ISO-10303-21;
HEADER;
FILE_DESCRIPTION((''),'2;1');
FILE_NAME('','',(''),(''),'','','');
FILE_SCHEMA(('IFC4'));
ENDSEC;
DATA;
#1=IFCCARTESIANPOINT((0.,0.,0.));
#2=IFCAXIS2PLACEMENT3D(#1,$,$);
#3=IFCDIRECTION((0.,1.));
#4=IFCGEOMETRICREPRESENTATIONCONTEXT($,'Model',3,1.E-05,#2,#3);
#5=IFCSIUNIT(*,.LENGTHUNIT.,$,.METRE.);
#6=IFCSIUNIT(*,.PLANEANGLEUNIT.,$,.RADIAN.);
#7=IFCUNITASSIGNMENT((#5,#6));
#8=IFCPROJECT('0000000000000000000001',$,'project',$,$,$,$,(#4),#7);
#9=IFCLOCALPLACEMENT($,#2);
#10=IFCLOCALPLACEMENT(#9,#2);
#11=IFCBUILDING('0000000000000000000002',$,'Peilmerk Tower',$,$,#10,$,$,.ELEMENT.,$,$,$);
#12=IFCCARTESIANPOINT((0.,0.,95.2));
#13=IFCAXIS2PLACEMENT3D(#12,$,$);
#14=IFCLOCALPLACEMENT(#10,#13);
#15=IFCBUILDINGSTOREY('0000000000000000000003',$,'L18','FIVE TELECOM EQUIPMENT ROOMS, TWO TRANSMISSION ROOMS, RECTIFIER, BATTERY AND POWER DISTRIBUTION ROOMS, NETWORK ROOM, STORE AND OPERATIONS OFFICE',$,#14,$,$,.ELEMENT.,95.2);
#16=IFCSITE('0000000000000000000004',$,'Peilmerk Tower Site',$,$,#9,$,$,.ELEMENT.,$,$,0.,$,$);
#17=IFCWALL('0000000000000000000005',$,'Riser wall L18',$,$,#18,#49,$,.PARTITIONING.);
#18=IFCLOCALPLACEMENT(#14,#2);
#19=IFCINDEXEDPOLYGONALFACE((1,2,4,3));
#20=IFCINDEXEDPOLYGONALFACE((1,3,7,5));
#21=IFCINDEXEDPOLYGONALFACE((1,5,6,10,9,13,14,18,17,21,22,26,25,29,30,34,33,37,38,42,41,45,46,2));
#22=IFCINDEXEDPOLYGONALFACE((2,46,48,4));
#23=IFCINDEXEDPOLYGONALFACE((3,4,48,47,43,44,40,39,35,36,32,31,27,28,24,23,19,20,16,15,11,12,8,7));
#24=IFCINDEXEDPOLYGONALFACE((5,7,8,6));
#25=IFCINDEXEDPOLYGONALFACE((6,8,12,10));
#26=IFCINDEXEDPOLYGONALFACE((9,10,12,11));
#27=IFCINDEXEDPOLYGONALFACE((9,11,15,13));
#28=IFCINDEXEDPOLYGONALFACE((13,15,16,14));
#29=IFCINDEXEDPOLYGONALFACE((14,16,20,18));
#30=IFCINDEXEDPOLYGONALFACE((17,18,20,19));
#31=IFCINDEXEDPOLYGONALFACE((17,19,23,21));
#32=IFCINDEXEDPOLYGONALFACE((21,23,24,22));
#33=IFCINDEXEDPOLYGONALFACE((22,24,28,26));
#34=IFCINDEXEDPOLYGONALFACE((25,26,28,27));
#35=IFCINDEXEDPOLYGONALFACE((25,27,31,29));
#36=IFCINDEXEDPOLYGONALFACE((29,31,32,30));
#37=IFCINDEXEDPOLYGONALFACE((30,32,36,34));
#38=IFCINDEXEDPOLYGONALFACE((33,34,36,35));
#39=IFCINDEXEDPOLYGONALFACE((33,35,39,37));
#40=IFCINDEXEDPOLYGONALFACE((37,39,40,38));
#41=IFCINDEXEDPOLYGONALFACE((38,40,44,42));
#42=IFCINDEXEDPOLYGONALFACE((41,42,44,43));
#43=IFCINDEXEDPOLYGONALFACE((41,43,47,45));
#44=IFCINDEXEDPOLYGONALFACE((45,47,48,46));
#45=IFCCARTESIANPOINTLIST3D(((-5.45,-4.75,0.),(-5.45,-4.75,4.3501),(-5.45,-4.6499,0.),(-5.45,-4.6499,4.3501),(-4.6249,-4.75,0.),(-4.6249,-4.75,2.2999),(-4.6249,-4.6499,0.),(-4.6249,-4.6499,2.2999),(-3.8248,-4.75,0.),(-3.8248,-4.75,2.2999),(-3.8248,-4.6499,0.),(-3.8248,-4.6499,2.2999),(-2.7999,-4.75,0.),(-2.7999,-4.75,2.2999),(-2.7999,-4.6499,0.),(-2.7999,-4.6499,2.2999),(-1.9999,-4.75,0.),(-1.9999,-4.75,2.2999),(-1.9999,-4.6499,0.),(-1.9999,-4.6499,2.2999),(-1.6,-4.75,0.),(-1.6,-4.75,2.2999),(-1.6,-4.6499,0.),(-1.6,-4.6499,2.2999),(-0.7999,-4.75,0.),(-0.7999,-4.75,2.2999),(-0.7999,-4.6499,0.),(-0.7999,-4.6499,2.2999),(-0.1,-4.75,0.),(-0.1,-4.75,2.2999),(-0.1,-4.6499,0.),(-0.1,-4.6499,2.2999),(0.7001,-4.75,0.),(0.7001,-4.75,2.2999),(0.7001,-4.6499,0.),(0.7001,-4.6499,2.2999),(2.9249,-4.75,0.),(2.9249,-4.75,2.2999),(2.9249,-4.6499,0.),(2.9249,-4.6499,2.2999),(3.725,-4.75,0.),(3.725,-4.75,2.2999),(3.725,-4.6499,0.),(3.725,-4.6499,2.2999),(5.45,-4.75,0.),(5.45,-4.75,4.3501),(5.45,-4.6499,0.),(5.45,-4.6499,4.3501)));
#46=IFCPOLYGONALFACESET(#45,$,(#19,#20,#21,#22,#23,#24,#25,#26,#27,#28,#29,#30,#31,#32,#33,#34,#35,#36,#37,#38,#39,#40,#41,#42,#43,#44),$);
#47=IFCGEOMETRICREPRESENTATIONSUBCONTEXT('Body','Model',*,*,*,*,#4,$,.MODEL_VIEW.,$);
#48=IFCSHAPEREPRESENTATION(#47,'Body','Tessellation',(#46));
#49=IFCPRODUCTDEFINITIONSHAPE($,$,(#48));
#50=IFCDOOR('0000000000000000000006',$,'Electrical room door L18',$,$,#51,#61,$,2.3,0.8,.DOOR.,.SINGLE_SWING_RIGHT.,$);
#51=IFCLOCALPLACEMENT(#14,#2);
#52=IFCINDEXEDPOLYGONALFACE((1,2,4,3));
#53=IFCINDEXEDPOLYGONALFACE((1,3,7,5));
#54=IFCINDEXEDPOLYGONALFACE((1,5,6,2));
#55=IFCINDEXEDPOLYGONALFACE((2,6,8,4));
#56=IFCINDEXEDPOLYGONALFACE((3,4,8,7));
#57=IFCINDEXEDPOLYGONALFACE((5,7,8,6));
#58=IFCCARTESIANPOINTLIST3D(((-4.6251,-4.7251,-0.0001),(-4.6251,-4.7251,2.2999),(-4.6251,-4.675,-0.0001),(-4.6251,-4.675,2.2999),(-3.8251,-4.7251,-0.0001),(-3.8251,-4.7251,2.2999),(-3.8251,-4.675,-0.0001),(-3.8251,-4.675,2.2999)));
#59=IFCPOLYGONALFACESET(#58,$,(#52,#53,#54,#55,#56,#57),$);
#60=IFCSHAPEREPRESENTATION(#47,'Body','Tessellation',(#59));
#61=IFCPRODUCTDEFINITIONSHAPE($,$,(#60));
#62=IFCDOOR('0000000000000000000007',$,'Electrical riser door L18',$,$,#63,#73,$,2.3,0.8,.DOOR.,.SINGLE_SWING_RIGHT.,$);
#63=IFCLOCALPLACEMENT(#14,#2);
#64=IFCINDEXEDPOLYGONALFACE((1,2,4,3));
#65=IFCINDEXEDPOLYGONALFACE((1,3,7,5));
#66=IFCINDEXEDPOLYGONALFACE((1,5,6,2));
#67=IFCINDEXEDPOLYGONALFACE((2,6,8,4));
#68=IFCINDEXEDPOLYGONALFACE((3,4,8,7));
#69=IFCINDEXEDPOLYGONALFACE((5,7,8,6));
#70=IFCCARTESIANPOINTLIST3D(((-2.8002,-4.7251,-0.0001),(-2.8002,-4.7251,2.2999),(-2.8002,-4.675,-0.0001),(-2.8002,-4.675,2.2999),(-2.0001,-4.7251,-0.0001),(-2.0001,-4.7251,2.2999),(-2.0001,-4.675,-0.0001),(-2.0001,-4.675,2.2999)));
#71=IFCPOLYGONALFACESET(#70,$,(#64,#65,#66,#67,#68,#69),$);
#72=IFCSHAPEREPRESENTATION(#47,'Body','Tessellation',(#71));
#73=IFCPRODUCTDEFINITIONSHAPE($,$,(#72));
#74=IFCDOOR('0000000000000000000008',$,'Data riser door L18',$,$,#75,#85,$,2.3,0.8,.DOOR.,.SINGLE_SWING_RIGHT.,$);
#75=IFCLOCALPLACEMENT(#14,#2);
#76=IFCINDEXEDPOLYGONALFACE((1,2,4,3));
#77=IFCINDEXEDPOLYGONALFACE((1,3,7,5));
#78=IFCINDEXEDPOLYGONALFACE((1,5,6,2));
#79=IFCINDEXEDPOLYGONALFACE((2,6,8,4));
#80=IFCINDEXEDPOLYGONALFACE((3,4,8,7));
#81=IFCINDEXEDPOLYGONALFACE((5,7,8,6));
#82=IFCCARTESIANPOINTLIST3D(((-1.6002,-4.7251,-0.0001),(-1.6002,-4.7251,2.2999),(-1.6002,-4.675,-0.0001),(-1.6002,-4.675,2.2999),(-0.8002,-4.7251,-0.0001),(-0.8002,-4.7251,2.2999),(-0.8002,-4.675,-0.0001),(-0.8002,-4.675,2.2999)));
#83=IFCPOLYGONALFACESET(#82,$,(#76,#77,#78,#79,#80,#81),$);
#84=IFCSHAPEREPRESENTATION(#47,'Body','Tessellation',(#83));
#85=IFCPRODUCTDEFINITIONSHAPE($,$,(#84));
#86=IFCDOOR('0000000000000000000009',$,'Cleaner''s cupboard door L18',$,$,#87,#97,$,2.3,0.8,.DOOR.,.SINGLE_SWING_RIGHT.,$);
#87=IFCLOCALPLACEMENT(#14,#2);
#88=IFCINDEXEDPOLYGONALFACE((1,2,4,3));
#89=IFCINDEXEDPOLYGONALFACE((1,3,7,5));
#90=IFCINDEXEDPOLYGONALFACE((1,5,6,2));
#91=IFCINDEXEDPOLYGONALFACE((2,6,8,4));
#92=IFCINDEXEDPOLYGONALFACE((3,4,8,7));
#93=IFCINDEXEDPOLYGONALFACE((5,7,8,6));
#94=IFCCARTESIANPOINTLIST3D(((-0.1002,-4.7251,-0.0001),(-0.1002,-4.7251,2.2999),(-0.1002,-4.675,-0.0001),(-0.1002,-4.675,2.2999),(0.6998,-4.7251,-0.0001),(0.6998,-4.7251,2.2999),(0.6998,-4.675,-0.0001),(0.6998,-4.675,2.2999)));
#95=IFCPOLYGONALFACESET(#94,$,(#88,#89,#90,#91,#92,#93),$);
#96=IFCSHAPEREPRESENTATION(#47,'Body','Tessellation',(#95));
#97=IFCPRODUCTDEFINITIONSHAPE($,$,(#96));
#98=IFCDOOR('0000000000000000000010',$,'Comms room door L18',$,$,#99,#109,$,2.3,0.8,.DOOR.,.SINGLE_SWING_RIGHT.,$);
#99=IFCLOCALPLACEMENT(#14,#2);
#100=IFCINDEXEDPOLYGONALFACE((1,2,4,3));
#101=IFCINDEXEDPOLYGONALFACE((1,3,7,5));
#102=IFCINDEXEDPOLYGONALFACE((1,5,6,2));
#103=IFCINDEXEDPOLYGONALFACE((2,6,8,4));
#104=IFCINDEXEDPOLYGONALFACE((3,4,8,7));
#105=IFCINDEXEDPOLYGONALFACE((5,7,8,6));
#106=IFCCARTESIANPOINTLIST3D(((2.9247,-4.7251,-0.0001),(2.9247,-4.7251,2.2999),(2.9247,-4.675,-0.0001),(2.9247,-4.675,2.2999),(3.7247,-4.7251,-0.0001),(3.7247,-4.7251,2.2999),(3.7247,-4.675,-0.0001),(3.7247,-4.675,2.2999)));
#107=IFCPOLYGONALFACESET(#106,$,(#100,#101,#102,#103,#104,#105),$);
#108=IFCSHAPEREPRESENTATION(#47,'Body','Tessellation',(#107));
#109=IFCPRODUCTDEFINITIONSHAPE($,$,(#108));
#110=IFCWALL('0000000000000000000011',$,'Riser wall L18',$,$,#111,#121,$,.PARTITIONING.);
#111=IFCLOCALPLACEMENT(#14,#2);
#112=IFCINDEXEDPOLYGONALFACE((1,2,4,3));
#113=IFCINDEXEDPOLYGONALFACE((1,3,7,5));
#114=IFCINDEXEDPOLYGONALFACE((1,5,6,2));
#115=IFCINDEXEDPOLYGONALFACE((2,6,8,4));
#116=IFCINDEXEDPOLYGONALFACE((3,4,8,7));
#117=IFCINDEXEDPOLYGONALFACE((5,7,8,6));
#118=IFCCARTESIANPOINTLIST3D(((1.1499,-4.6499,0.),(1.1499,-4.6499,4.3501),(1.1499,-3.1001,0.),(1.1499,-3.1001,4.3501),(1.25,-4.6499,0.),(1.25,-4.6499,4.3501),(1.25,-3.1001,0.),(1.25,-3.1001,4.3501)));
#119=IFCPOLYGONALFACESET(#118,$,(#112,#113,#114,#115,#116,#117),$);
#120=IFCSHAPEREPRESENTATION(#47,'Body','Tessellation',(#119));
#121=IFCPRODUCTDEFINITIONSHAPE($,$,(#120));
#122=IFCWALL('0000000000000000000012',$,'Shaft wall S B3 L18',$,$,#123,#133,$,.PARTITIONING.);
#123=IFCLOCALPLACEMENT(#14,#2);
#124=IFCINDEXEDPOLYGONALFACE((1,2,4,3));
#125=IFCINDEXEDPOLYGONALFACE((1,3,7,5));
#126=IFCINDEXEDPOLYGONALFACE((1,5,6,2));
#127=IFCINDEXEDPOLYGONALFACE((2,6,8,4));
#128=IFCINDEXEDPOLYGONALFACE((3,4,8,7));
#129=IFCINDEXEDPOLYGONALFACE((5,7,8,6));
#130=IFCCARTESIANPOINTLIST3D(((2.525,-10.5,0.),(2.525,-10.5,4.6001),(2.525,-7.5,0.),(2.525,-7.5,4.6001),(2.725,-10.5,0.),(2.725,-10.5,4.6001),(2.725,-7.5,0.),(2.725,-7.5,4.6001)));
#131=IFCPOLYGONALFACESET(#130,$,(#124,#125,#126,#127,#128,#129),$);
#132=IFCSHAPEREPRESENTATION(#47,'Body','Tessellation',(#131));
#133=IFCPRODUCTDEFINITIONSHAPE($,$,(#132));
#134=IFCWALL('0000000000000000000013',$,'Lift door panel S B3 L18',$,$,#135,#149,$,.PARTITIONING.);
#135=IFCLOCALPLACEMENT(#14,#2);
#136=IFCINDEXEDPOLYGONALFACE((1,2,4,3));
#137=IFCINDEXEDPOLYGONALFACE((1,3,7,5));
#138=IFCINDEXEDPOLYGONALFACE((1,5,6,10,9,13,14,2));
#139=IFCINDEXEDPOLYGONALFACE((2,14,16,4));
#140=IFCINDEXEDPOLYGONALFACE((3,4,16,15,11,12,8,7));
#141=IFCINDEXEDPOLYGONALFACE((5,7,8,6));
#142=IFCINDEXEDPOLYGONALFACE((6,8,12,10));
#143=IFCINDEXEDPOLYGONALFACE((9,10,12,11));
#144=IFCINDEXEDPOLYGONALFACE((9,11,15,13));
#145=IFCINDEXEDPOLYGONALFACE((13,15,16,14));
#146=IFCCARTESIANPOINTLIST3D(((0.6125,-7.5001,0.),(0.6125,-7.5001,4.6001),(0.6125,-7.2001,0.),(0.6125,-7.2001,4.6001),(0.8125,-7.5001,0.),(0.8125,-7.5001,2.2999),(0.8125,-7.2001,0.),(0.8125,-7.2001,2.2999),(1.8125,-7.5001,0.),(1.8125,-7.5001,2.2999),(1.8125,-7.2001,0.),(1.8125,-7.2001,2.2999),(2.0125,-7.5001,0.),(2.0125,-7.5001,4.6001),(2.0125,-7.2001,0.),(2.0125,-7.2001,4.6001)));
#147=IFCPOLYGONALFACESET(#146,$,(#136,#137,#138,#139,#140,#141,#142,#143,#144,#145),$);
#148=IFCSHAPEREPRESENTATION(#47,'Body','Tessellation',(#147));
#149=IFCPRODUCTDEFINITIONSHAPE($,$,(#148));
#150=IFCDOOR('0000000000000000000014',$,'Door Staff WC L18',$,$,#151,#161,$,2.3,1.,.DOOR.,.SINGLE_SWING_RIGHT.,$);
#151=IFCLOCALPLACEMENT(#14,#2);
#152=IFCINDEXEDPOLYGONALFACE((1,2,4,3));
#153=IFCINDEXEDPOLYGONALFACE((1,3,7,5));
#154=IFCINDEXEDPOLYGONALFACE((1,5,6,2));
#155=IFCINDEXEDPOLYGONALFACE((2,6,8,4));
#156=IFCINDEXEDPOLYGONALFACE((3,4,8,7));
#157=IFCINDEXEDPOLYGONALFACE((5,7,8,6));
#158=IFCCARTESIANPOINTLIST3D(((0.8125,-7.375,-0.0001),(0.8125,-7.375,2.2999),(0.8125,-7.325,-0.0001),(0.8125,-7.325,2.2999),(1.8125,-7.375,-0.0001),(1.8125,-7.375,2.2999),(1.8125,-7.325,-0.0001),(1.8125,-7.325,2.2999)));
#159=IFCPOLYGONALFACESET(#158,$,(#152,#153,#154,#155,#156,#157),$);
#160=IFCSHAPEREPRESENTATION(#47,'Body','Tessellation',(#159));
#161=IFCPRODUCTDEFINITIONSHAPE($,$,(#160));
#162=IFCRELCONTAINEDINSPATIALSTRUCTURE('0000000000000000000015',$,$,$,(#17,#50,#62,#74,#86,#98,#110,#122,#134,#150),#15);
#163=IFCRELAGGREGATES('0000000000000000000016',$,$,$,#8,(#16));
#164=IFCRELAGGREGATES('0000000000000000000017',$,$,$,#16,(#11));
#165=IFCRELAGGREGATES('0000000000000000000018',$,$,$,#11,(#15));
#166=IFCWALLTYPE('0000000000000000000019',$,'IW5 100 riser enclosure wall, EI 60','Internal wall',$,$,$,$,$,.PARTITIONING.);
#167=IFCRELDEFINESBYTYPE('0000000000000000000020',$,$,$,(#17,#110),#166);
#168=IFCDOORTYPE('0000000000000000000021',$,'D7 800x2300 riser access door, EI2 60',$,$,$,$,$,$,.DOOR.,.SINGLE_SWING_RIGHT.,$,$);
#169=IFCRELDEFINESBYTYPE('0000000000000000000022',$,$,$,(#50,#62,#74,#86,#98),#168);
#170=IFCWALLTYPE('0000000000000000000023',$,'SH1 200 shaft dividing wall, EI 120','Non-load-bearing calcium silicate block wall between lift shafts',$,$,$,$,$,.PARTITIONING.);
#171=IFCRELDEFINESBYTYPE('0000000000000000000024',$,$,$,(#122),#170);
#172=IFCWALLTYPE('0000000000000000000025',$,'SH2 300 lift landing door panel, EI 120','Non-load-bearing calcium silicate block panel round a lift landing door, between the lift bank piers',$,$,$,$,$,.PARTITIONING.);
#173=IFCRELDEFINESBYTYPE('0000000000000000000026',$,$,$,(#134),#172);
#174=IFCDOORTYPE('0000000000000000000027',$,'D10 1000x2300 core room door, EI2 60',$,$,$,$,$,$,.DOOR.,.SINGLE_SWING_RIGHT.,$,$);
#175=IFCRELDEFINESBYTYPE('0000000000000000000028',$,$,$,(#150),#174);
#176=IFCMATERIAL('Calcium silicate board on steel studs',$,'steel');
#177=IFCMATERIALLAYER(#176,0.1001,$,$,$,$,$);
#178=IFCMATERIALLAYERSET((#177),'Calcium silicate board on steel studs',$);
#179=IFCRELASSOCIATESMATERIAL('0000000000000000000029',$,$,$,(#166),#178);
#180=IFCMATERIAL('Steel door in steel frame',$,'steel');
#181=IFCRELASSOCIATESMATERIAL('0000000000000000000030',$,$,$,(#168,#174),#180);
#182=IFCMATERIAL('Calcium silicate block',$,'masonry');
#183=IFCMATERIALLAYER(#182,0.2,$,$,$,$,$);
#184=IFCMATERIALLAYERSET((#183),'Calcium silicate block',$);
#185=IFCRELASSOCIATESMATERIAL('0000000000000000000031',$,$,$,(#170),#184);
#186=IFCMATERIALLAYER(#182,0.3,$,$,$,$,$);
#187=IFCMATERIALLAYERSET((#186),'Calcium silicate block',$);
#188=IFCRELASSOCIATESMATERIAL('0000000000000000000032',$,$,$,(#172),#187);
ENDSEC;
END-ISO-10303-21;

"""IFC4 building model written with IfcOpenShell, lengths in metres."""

from ifc_helpers import new_model, si_unit, direction, frame, frame_2d, origin, place, context, subcontext, project, spatial, rectangle, extrude, material, layer, layer_set, type_object, element, fill, save


model = new_model("IFC4")

# Units and contexts
model_context = context("Model", 3, precision=1e-05, world=origin(), true_north=direction((0.0, 1.0)))
body_context = subcontext(model_context, "Body", "Model", "MODEL_VIEW")
ifc_project = project(units=[si_unit("LENGTHUNIT", "METRE"), si_unit("PLANEANGLEUNIT", "RADIAN")], contexts=[model_context])

# Site, building, storey
site_placement = place(None, origin())
site = spatial("IfcSite", under=ifc_project, at=site_placement, Name="Peilmerk Tower Site", CompositionType="ELEMENT", RefElevation=0.0)
building_placement = place(site_placement, origin())
building = spatial("IfcBuilding", under=site, at=building_placement, Name="Peilmerk Tower", CompositionType="ELEMENT")
storey_placement = place(building_placement, frame((0.0, 0.0, 95.2)))
storey = spatial("IfcBuildingStorey", under=building, at=storey_placement, Name="L18", Description="FIVE TELECOM EQUIPMENT ROOMS, TWO TRANSMISSION ROOMS, RECTIFIER, BATTERY AND POWER DISTRIBUTION ROOMS, NETWORK ROOM, STORE AND OPERATIONS OFFICE", CompositionType="ELEMENT", Elevation=95.2)

# Shared definitions
ifc_material_1 = material(Name="Calcium silicate board on steel studs", Category="steel")
ifc_layer_1 = layer(ifc_material_1, 0.1001)
ifc_layer_set_1 = layer_set([ifc_layer_1], Name="Calcium silicate board on steel studs")
wall_type_1 = type_object("IfcWallType", Name="IW5 100 riser enclosure wall, EI 60", Description="Internal wall", PredefinedType="PARTITIONING", material=ifc_layer_set_1)

# Wall, openings, doors
wall_1_placement = place(storey_placement, frame((5.45, -4.7, 0.0), z_axis=(0.0, 0.0, 1.0), x_axis=(-1.0, 0.0, 0.0)))
wall_1 = element("IfcWall", 1, at=wall_1_placement, inside=storey, type_object=wall_type_1, Name="Riser wall L18", PredefinedType="PARTITIONING", context=body_context, shape_type="SweptSolid", body=[
    extrude(rectangle(XDim=10.8999, YDim=0.1001, at=frame_2d((5.45, 0.0))), origin(), (0.0, 0.0, 1.0), 4.3501),
])
opening_1_placement = place(wall_1_placement, frame((9.2749, 0.0, 0.0)))
opening_1 = element("IfcOpeningElement", 2, at=opening_1_placement, cuts=wall_1, PredefinedType="OPENING", context=body_context, shape_type="SweptSolid", body=[
    extrude(rectangle(XDim=0.8, YDim=2.3, at=frame_2d((0.3999, 1.1499))), frame((0.0, 0.0601, 0.0), z_axis=(0.0, -1.0, 0.0), x_axis=(1.0, 0.0, 0.0)), (0.0, 0.0, 1.0), 0.1201),
])
opening_2_placement = place(wall_1_placement, frame((7.45, 0.0, 0.0)))
opening_2 = element("IfcOpeningElement", 3, at=opening_2_placement, cuts=wall_1, PredefinedType="OPENING", context=body_context, shape_type="SweptSolid", body=[
    extrude(rectangle(XDim=0.8, YDim=2.3, at=frame_2d((0.3999, 1.1499))), frame((0.0, 0.0601, 0.0), z_axis=(0.0, -1.0, 0.0), x_axis=(1.0, 0.0, 0.0)), (0.0, 0.0, 1.0), 0.1201),
])
opening_3_placement = place(wall_1_placement, frame((6.25, 0.0, 0.0)))
opening_3 = element("IfcOpeningElement", 4, at=opening_3_placement, cuts=wall_1, PredefinedType="OPENING", context=body_context, shape_type="SweptSolid", body=[
    extrude(rectangle(XDim=0.8, YDim=2.3, at=frame_2d((0.3999, 1.1499))), frame((0.0, 0.0601, 0.0), z_axis=(0.0, -1.0, 0.0), x_axis=(1.0, 0.0, 0.0)), (0.0, 0.0, 1.0), 0.1201),
])
opening_4_placement = place(wall_1_placement, frame((4.75, 0.0, 0.0)))
opening_4 = element("IfcOpeningElement", 5, at=opening_4_placement, cuts=wall_1, PredefinedType="OPENING", context=body_context, shape_type="SweptSolid", body=[
    extrude(rectangle(XDim=0.8, YDim=2.3, at=frame_2d((0.3999, 1.1499))), frame((0.0, 0.0601, 0.0), z_axis=(0.0, -1.0, 0.0), x_axis=(1.0, 0.0, 0.0)), (0.0, 0.0, 1.0), 0.1201),
])
opening_5_placement = place(wall_1_placement, frame((1.7251, 0.0, 0.0)))
opening_5 = element("IfcOpeningElement", 6, at=opening_5_placement, cuts=wall_1, PredefinedType="OPENING", context=body_context, shape_type="SweptSolid", body=[
    extrude(rectangle(XDim=0.8, YDim=2.3, at=frame_2d((0.3999, 1.1499))), frame((0.0, 0.0601, 0.0), z_axis=(0.0, -1.0, 0.0), x_axis=(1.0, 0.0, 0.0)), (0.0, 0.0, 1.0), 0.1201),
])
ifc_material_2 = material(Name="Steel door in steel frame", Category="steel")
door_type_1 = type_object("IfcDoorType", Name="D7 800x2300 riser access door, EI2 60", OperationType="SINGLE_SWING_RIGHT", PredefinedType="DOOR", material=ifc_material_2)
door_1_placement = place(opening_1_placement, frame((0.8, 0.0, 0.0), z_axis=(0.0, 0.0, 1.0), x_axis=(-1.0, 0.0, 0.0)))
door_1 = element("IfcDoor", 7, at=door_1_placement, inside=storey, type_object=door_type_1, Name="Electrical room door L18", OperationType="SINGLE_SWING_RIGHT", OverallHeight=2.3, OverallWidth=0.8, PredefinedType="DOOR", context=body_context, shape_type="SweptSolid", body=[
    extrude(rectangle(XDim=0.8, YDim=2.3, at=frame_2d((0.3999, 1.1499))), frame((0.0, 0.0249, 0.0), z_axis=(0.0, -1.0, 0.0), x_axis=(1.0, 0.0, 0.0)), (0.0, 0.0, 1.0), 0.05),
])
fill(opening_1, door_1)
door_2_placement = place(opening_2_placement, frame((0.8, 0.0, 0.0), z_axis=(0.0, 0.0, 1.0), x_axis=(-1.0, 0.0, 0.0)))
door_2 = element("IfcDoor", 8, at=door_2_placement, inside=storey, type_object=door_type_1, Name="Electrical riser door L18", OperationType="SINGLE_SWING_RIGHT", OverallHeight=2.3, OverallWidth=0.8, PredefinedType="DOOR", context=body_context, shape_type="SweptSolid", body=[
    extrude(rectangle(XDim=0.8, YDim=2.3, at=frame_2d((0.3999, 1.1499))), frame((0.0, 0.0249, 0.0), z_axis=(0.0, -1.0, 0.0), x_axis=(1.0, 0.0, 0.0)), (0.0, 0.0, 1.0), 0.05),
])
fill(opening_2, door_2)
door_3_placement = place(opening_3_placement, frame((0.8, 0.0, 0.0), z_axis=(0.0, 0.0, 1.0), x_axis=(-1.0, 0.0, 0.0)))
door_3 = element("IfcDoor", 9, at=door_3_placement, inside=storey, type_object=door_type_1, Name="Data riser door L18", OperationType="SINGLE_SWING_RIGHT", OverallHeight=2.3, OverallWidth=0.8, PredefinedType="DOOR", context=body_context, shape_type="SweptSolid", body=[
    extrude(rectangle(XDim=0.8, YDim=2.3, at=frame_2d((0.3999, 1.1499))), frame((0.0, 0.0249, 0.0), z_axis=(0.0, -1.0, 0.0), x_axis=(1.0, 0.0, 0.0)), (0.0, 0.0, 1.0), 0.05),
])
fill(opening_3, door_3)
door_4_placement = place(opening_4_placement, frame((0.8, 0.0, 0.0), z_axis=(0.0, 0.0, 1.0), x_axis=(-1.0, 0.0, 0.0)))
door_4 = element("IfcDoor", 10, at=door_4_placement, inside=storey, type_object=door_type_1, Name="Cleaner's cupboard door L18", OperationType="SINGLE_SWING_RIGHT", OverallHeight=2.3, OverallWidth=0.8, PredefinedType="DOOR", context=body_context, shape_type="SweptSolid", body=[
    extrude(rectangle(XDim=0.8, YDim=2.3, at=frame_2d((0.3999, 1.1499))), frame((0.0, 0.0249, 0.0), z_axis=(0.0, -1.0, 0.0), x_axis=(1.0, 0.0, 0.0)), (0.0, 0.0, 1.0), 0.05),
])
fill(opening_4, door_4)
door_5_placement = place(opening_5_placement, frame((0.8, 0.0, 0.0), z_axis=(0.0, 0.0, 1.0), x_axis=(-1.0, 0.0, 0.0)))
door_5 = element("IfcDoor", 11, at=door_5_placement, inside=storey, type_object=door_type_1, Name="Comms room door L18", OperationType="SINGLE_SWING_RIGHT", OverallHeight=2.3, OverallWidth=0.8, PredefinedType="DOOR", context=body_context, shape_type="SweptSolid", body=[
    extrude(rectangle(XDim=0.8, YDim=2.3, at=frame_2d((0.3999, 1.1499))), frame((0.0, 0.0249, 0.0), z_axis=(0.0, -1.0, 0.0), x_axis=(1.0, 0.0, 0.0)), (0.0, 0.0, 1.0), 0.05),
])
fill(opening_5, door_5)

# Walls
wall_2_placement = place(storey_placement, frame((1.2, -3.1001, 0.0), z_axis=(0.0, 0.0, 1.0), x_axis=(0.0, -1.0, 0.0)))
element("IfcWall", 12, at=wall_2_placement, inside=storey, type_object=wall_type_1, Name="Riser wall L18", PredefinedType="PARTITIONING", context=body_context, shape_type="SweptSolid", body=[
    extrude(rectangle(XDim=1.5498, YDim=0.1001, at=frame_2d((0.7749, 0.0))), origin(), (0.0, 0.0, 1.0), 4.3501),
])
ifc_material_3 = material(Name="Calcium silicate block", Category="masonry")
ifc_layer_2 = layer(ifc_material_3, 0.2)
ifc_layer_set_2 = layer_set([ifc_layer_2], Name="Calcium silicate block")
wall_type_2 = type_object("IfcWallType", Name="SH1 200 shaft dividing wall, EI 120", Description="Non-load-bearing calcium silicate block wall between lift shafts", PredefinedType="PARTITIONING", material=ifc_layer_set_2)
wall_3_placement = place(storey_placement, frame((2.625, -10.5, 0.0), z_axis=(0.0, 0.0, 1.0), x_axis=(0.0, 1.0, 0.0)))
element("IfcWall", 13, at=wall_3_placement, inside=storey, type_object=wall_type_2, Name="Shaft wall S B3 L18", PredefinedType="PARTITIONING", context=body_context, shape_type="SweptSolid", body=[
    extrude(rectangle(XDim=3.0, YDim=0.2, at=frame_2d((1.5, 0.0))), origin(), (0.0, 0.0, 1.0), 4.6001),
])

# Wall, opening, door
ifc_layer_3 = layer(ifc_material_3, 0.3)
ifc_layer_set_3 = layer_set([ifc_layer_3], Name="Calcium silicate block")
wall_type_3 = type_object("IfcWallType", Name="SH2 300 lift landing door panel, EI 120", Description="Non-load-bearing calcium silicate block panel round a lift landing door, between the lift bank piers", PredefinedType="PARTITIONING", material=ifc_layer_set_3)
wall_4_placement = place(storey_placement, frame((0.6125, -7.3501, 0.0), z_axis=(0.0, 0.0, 1.0), x_axis=(1.0, 0.0, 0.0)))
wall_4 = element("IfcWall", 14, at=wall_4_placement, inside=storey, type_object=wall_type_3, Name="Lift door panel S B3 L18", PredefinedType="PARTITIONING", context=body_context, shape_type="SweptSolid", body=[
    extrude(rectangle(XDim=1.3999, YDim=0.3, at=frame_2d((0.7, 0.0))), origin(), (0.0, 0.0, 1.0), 4.6001),
])
opening_6_placement = place(wall_4_placement, frame((0.2, 0.0, 0.0)))
opening_6 = element("IfcOpeningElement", 15, at=opening_6_placement, cuts=wall_4, PredefinedType="OPENING", context=body_context, shape_type="SweptSolid", body=[
    extrude(rectangle(XDim=1.0, YDim=2.3, at=frame_2d((0.5, 1.1499))), frame((0.0, 0.1599, 0.0), z_axis=(0.0, -1.0, 0.0), x_axis=(1.0, 0.0, 0.0)), (0.0, 0.0, 1.0), 0.3201),
])
door_type_2 = type_object("IfcDoorType", Name="D10 1000x2300 core room door, EI2 60", OperationType="SINGLE_SWING_RIGHT", PredefinedType="DOOR", material=ifc_material_2)
door_6_placement = place(opening_6_placement, frame((1.0, 0.0, 0.0), z_axis=(0.0, 0.0, 1.0), x_axis=(-1.0, 0.0, 0.0)))
door_6 = element("IfcDoor", 16, at=door_6_placement, inside=storey, type_object=door_type_2, Name="Door Staff WC L18", OperationType="SINGLE_SWING_RIGHT", OverallHeight=2.3, OverallWidth=1.0, PredefinedType="DOOR", context=body_context, shape_type="SweptSolid", body=[
    extrude(rectangle(XDim=1.0, YDim=2.3, at=frame_2d((0.5, 1.1499))), frame((0.0, 0.0249, 0.0), z_axis=(0.0, -1.0, 0.0), x_axis=(1.0, 0.0, 0.0)), (0.0, 0.0, 1.0), 0.05),
])
fill(opening_6, door_6)

save(model, "model.ifc")
